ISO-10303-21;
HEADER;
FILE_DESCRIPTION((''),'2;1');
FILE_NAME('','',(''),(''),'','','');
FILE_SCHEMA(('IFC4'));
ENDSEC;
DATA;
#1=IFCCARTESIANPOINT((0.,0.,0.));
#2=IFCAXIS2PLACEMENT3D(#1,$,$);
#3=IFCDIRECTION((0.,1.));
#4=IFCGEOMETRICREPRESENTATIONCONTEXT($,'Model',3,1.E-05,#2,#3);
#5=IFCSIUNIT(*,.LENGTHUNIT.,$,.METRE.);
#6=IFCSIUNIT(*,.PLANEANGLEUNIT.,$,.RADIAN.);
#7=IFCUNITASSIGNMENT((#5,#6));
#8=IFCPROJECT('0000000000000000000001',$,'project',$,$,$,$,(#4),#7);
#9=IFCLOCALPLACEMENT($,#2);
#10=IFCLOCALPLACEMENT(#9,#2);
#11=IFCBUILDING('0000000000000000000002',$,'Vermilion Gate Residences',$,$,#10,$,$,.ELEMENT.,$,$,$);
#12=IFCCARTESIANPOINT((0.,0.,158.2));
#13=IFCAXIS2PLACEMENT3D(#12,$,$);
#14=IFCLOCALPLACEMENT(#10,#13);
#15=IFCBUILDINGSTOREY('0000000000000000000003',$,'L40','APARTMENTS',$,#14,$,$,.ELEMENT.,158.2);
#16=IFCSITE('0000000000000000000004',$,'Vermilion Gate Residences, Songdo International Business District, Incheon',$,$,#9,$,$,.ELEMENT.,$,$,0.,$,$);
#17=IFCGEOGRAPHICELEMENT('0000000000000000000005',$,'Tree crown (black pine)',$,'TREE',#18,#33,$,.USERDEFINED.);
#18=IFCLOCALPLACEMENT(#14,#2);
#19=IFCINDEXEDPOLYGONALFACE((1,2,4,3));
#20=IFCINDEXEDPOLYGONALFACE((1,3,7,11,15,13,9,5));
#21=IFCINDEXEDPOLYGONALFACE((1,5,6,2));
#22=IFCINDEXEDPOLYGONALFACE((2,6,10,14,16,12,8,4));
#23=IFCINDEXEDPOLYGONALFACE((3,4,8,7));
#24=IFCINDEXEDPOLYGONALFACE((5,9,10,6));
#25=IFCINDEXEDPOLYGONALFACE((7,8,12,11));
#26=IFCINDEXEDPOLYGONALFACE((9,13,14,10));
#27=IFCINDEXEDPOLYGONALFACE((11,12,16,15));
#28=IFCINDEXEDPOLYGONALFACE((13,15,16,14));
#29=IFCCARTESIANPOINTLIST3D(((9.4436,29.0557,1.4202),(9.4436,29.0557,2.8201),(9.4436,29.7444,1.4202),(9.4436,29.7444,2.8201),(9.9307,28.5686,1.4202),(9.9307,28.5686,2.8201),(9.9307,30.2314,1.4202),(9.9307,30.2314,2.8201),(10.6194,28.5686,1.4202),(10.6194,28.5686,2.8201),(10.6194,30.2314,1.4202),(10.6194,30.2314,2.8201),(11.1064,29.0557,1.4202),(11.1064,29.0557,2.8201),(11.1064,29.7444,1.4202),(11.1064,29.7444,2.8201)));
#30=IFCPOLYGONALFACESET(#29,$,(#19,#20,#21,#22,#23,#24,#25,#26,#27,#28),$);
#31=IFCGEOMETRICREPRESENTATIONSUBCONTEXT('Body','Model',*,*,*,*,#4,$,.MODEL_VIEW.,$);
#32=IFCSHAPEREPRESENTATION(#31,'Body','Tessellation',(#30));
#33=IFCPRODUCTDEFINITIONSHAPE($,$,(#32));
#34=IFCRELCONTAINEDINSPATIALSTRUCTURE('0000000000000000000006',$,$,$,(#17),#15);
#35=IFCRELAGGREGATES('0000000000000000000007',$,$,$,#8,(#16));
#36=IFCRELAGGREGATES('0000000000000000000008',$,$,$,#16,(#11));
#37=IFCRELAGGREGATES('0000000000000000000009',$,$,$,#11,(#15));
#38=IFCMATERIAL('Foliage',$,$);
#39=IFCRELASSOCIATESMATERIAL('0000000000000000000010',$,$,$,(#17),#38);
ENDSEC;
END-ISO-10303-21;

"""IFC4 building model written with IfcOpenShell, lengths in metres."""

from ifc_helpers import new_model, si_unit, direction, frame, origin, place, context, subcontext, project, spatial, polyline, outline, extrude, material, element, save


model = new_model("IFC4")

# Units and contexts
model_context = context("Model", 3, precision=1e-05, world=origin(), true_north=direction((0.0, 1.0)))
body_context = subcontext(model_context, "Body", "Model", "MODEL_VIEW")
ifc_project = project(units=[si_unit("LENGTHUNIT", "METRE"), si_unit("PLANEANGLEUNIT", "RADIAN")], contexts=[model_context])

# Site, building, storey
site_placement = place(None, origin())
site = spatial("IfcSite", under=ifc_project, at=site_placement, Name="Vermilion Gate Residences, Songdo International Business District, Incheon", CompositionType="ELEMENT", RefElevation=0.0)
building_placement = place(site_placement, origin())
building = spatial("IfcBuilding", under=site, at=building_placement, Name="Vermilion Gate Residences", CompositionType="ELEMENT")
storey_placement = place(building_placement, frame((0.0, 0.0, 158.2)))
storey = spatial("IfcBuildingStorey", under=building, at=storey_placement, Name="L40", Description="APARTMENTS", CompositionType="ELEMENT", Elevation=158.2)

# Geographic element
ifc_material_1 = material(Name="Foliage")
geographic_element_1_placement = place(storey_placement, frame((0.0, 0.0, 1.4202)))
element("IfcGeographicElement", 1, at=geographic_element_1_placement, inside=storey, material=ifc_material_1, Name="Tree crown (black pine)", ObjectType="TREE", PredefinedType="USERDEFINED", context=body_context, shape_type="SweptSolid", body=[
    extrude(outline(polyline([(11.1064, 29.7444), (10.6194, 30.2314), (9.9307, 30.2314), (9.4436, 29.7444), (9.4436, 29.0557), (9.9307, 28.5686), (10.6194, 28.5686), (11.1064, 29.0557), (11.1064, 29.7444)])), origin(), (0.0, 0.0, 1.0), 1.3999),
])

save(model, "model.ifc")
